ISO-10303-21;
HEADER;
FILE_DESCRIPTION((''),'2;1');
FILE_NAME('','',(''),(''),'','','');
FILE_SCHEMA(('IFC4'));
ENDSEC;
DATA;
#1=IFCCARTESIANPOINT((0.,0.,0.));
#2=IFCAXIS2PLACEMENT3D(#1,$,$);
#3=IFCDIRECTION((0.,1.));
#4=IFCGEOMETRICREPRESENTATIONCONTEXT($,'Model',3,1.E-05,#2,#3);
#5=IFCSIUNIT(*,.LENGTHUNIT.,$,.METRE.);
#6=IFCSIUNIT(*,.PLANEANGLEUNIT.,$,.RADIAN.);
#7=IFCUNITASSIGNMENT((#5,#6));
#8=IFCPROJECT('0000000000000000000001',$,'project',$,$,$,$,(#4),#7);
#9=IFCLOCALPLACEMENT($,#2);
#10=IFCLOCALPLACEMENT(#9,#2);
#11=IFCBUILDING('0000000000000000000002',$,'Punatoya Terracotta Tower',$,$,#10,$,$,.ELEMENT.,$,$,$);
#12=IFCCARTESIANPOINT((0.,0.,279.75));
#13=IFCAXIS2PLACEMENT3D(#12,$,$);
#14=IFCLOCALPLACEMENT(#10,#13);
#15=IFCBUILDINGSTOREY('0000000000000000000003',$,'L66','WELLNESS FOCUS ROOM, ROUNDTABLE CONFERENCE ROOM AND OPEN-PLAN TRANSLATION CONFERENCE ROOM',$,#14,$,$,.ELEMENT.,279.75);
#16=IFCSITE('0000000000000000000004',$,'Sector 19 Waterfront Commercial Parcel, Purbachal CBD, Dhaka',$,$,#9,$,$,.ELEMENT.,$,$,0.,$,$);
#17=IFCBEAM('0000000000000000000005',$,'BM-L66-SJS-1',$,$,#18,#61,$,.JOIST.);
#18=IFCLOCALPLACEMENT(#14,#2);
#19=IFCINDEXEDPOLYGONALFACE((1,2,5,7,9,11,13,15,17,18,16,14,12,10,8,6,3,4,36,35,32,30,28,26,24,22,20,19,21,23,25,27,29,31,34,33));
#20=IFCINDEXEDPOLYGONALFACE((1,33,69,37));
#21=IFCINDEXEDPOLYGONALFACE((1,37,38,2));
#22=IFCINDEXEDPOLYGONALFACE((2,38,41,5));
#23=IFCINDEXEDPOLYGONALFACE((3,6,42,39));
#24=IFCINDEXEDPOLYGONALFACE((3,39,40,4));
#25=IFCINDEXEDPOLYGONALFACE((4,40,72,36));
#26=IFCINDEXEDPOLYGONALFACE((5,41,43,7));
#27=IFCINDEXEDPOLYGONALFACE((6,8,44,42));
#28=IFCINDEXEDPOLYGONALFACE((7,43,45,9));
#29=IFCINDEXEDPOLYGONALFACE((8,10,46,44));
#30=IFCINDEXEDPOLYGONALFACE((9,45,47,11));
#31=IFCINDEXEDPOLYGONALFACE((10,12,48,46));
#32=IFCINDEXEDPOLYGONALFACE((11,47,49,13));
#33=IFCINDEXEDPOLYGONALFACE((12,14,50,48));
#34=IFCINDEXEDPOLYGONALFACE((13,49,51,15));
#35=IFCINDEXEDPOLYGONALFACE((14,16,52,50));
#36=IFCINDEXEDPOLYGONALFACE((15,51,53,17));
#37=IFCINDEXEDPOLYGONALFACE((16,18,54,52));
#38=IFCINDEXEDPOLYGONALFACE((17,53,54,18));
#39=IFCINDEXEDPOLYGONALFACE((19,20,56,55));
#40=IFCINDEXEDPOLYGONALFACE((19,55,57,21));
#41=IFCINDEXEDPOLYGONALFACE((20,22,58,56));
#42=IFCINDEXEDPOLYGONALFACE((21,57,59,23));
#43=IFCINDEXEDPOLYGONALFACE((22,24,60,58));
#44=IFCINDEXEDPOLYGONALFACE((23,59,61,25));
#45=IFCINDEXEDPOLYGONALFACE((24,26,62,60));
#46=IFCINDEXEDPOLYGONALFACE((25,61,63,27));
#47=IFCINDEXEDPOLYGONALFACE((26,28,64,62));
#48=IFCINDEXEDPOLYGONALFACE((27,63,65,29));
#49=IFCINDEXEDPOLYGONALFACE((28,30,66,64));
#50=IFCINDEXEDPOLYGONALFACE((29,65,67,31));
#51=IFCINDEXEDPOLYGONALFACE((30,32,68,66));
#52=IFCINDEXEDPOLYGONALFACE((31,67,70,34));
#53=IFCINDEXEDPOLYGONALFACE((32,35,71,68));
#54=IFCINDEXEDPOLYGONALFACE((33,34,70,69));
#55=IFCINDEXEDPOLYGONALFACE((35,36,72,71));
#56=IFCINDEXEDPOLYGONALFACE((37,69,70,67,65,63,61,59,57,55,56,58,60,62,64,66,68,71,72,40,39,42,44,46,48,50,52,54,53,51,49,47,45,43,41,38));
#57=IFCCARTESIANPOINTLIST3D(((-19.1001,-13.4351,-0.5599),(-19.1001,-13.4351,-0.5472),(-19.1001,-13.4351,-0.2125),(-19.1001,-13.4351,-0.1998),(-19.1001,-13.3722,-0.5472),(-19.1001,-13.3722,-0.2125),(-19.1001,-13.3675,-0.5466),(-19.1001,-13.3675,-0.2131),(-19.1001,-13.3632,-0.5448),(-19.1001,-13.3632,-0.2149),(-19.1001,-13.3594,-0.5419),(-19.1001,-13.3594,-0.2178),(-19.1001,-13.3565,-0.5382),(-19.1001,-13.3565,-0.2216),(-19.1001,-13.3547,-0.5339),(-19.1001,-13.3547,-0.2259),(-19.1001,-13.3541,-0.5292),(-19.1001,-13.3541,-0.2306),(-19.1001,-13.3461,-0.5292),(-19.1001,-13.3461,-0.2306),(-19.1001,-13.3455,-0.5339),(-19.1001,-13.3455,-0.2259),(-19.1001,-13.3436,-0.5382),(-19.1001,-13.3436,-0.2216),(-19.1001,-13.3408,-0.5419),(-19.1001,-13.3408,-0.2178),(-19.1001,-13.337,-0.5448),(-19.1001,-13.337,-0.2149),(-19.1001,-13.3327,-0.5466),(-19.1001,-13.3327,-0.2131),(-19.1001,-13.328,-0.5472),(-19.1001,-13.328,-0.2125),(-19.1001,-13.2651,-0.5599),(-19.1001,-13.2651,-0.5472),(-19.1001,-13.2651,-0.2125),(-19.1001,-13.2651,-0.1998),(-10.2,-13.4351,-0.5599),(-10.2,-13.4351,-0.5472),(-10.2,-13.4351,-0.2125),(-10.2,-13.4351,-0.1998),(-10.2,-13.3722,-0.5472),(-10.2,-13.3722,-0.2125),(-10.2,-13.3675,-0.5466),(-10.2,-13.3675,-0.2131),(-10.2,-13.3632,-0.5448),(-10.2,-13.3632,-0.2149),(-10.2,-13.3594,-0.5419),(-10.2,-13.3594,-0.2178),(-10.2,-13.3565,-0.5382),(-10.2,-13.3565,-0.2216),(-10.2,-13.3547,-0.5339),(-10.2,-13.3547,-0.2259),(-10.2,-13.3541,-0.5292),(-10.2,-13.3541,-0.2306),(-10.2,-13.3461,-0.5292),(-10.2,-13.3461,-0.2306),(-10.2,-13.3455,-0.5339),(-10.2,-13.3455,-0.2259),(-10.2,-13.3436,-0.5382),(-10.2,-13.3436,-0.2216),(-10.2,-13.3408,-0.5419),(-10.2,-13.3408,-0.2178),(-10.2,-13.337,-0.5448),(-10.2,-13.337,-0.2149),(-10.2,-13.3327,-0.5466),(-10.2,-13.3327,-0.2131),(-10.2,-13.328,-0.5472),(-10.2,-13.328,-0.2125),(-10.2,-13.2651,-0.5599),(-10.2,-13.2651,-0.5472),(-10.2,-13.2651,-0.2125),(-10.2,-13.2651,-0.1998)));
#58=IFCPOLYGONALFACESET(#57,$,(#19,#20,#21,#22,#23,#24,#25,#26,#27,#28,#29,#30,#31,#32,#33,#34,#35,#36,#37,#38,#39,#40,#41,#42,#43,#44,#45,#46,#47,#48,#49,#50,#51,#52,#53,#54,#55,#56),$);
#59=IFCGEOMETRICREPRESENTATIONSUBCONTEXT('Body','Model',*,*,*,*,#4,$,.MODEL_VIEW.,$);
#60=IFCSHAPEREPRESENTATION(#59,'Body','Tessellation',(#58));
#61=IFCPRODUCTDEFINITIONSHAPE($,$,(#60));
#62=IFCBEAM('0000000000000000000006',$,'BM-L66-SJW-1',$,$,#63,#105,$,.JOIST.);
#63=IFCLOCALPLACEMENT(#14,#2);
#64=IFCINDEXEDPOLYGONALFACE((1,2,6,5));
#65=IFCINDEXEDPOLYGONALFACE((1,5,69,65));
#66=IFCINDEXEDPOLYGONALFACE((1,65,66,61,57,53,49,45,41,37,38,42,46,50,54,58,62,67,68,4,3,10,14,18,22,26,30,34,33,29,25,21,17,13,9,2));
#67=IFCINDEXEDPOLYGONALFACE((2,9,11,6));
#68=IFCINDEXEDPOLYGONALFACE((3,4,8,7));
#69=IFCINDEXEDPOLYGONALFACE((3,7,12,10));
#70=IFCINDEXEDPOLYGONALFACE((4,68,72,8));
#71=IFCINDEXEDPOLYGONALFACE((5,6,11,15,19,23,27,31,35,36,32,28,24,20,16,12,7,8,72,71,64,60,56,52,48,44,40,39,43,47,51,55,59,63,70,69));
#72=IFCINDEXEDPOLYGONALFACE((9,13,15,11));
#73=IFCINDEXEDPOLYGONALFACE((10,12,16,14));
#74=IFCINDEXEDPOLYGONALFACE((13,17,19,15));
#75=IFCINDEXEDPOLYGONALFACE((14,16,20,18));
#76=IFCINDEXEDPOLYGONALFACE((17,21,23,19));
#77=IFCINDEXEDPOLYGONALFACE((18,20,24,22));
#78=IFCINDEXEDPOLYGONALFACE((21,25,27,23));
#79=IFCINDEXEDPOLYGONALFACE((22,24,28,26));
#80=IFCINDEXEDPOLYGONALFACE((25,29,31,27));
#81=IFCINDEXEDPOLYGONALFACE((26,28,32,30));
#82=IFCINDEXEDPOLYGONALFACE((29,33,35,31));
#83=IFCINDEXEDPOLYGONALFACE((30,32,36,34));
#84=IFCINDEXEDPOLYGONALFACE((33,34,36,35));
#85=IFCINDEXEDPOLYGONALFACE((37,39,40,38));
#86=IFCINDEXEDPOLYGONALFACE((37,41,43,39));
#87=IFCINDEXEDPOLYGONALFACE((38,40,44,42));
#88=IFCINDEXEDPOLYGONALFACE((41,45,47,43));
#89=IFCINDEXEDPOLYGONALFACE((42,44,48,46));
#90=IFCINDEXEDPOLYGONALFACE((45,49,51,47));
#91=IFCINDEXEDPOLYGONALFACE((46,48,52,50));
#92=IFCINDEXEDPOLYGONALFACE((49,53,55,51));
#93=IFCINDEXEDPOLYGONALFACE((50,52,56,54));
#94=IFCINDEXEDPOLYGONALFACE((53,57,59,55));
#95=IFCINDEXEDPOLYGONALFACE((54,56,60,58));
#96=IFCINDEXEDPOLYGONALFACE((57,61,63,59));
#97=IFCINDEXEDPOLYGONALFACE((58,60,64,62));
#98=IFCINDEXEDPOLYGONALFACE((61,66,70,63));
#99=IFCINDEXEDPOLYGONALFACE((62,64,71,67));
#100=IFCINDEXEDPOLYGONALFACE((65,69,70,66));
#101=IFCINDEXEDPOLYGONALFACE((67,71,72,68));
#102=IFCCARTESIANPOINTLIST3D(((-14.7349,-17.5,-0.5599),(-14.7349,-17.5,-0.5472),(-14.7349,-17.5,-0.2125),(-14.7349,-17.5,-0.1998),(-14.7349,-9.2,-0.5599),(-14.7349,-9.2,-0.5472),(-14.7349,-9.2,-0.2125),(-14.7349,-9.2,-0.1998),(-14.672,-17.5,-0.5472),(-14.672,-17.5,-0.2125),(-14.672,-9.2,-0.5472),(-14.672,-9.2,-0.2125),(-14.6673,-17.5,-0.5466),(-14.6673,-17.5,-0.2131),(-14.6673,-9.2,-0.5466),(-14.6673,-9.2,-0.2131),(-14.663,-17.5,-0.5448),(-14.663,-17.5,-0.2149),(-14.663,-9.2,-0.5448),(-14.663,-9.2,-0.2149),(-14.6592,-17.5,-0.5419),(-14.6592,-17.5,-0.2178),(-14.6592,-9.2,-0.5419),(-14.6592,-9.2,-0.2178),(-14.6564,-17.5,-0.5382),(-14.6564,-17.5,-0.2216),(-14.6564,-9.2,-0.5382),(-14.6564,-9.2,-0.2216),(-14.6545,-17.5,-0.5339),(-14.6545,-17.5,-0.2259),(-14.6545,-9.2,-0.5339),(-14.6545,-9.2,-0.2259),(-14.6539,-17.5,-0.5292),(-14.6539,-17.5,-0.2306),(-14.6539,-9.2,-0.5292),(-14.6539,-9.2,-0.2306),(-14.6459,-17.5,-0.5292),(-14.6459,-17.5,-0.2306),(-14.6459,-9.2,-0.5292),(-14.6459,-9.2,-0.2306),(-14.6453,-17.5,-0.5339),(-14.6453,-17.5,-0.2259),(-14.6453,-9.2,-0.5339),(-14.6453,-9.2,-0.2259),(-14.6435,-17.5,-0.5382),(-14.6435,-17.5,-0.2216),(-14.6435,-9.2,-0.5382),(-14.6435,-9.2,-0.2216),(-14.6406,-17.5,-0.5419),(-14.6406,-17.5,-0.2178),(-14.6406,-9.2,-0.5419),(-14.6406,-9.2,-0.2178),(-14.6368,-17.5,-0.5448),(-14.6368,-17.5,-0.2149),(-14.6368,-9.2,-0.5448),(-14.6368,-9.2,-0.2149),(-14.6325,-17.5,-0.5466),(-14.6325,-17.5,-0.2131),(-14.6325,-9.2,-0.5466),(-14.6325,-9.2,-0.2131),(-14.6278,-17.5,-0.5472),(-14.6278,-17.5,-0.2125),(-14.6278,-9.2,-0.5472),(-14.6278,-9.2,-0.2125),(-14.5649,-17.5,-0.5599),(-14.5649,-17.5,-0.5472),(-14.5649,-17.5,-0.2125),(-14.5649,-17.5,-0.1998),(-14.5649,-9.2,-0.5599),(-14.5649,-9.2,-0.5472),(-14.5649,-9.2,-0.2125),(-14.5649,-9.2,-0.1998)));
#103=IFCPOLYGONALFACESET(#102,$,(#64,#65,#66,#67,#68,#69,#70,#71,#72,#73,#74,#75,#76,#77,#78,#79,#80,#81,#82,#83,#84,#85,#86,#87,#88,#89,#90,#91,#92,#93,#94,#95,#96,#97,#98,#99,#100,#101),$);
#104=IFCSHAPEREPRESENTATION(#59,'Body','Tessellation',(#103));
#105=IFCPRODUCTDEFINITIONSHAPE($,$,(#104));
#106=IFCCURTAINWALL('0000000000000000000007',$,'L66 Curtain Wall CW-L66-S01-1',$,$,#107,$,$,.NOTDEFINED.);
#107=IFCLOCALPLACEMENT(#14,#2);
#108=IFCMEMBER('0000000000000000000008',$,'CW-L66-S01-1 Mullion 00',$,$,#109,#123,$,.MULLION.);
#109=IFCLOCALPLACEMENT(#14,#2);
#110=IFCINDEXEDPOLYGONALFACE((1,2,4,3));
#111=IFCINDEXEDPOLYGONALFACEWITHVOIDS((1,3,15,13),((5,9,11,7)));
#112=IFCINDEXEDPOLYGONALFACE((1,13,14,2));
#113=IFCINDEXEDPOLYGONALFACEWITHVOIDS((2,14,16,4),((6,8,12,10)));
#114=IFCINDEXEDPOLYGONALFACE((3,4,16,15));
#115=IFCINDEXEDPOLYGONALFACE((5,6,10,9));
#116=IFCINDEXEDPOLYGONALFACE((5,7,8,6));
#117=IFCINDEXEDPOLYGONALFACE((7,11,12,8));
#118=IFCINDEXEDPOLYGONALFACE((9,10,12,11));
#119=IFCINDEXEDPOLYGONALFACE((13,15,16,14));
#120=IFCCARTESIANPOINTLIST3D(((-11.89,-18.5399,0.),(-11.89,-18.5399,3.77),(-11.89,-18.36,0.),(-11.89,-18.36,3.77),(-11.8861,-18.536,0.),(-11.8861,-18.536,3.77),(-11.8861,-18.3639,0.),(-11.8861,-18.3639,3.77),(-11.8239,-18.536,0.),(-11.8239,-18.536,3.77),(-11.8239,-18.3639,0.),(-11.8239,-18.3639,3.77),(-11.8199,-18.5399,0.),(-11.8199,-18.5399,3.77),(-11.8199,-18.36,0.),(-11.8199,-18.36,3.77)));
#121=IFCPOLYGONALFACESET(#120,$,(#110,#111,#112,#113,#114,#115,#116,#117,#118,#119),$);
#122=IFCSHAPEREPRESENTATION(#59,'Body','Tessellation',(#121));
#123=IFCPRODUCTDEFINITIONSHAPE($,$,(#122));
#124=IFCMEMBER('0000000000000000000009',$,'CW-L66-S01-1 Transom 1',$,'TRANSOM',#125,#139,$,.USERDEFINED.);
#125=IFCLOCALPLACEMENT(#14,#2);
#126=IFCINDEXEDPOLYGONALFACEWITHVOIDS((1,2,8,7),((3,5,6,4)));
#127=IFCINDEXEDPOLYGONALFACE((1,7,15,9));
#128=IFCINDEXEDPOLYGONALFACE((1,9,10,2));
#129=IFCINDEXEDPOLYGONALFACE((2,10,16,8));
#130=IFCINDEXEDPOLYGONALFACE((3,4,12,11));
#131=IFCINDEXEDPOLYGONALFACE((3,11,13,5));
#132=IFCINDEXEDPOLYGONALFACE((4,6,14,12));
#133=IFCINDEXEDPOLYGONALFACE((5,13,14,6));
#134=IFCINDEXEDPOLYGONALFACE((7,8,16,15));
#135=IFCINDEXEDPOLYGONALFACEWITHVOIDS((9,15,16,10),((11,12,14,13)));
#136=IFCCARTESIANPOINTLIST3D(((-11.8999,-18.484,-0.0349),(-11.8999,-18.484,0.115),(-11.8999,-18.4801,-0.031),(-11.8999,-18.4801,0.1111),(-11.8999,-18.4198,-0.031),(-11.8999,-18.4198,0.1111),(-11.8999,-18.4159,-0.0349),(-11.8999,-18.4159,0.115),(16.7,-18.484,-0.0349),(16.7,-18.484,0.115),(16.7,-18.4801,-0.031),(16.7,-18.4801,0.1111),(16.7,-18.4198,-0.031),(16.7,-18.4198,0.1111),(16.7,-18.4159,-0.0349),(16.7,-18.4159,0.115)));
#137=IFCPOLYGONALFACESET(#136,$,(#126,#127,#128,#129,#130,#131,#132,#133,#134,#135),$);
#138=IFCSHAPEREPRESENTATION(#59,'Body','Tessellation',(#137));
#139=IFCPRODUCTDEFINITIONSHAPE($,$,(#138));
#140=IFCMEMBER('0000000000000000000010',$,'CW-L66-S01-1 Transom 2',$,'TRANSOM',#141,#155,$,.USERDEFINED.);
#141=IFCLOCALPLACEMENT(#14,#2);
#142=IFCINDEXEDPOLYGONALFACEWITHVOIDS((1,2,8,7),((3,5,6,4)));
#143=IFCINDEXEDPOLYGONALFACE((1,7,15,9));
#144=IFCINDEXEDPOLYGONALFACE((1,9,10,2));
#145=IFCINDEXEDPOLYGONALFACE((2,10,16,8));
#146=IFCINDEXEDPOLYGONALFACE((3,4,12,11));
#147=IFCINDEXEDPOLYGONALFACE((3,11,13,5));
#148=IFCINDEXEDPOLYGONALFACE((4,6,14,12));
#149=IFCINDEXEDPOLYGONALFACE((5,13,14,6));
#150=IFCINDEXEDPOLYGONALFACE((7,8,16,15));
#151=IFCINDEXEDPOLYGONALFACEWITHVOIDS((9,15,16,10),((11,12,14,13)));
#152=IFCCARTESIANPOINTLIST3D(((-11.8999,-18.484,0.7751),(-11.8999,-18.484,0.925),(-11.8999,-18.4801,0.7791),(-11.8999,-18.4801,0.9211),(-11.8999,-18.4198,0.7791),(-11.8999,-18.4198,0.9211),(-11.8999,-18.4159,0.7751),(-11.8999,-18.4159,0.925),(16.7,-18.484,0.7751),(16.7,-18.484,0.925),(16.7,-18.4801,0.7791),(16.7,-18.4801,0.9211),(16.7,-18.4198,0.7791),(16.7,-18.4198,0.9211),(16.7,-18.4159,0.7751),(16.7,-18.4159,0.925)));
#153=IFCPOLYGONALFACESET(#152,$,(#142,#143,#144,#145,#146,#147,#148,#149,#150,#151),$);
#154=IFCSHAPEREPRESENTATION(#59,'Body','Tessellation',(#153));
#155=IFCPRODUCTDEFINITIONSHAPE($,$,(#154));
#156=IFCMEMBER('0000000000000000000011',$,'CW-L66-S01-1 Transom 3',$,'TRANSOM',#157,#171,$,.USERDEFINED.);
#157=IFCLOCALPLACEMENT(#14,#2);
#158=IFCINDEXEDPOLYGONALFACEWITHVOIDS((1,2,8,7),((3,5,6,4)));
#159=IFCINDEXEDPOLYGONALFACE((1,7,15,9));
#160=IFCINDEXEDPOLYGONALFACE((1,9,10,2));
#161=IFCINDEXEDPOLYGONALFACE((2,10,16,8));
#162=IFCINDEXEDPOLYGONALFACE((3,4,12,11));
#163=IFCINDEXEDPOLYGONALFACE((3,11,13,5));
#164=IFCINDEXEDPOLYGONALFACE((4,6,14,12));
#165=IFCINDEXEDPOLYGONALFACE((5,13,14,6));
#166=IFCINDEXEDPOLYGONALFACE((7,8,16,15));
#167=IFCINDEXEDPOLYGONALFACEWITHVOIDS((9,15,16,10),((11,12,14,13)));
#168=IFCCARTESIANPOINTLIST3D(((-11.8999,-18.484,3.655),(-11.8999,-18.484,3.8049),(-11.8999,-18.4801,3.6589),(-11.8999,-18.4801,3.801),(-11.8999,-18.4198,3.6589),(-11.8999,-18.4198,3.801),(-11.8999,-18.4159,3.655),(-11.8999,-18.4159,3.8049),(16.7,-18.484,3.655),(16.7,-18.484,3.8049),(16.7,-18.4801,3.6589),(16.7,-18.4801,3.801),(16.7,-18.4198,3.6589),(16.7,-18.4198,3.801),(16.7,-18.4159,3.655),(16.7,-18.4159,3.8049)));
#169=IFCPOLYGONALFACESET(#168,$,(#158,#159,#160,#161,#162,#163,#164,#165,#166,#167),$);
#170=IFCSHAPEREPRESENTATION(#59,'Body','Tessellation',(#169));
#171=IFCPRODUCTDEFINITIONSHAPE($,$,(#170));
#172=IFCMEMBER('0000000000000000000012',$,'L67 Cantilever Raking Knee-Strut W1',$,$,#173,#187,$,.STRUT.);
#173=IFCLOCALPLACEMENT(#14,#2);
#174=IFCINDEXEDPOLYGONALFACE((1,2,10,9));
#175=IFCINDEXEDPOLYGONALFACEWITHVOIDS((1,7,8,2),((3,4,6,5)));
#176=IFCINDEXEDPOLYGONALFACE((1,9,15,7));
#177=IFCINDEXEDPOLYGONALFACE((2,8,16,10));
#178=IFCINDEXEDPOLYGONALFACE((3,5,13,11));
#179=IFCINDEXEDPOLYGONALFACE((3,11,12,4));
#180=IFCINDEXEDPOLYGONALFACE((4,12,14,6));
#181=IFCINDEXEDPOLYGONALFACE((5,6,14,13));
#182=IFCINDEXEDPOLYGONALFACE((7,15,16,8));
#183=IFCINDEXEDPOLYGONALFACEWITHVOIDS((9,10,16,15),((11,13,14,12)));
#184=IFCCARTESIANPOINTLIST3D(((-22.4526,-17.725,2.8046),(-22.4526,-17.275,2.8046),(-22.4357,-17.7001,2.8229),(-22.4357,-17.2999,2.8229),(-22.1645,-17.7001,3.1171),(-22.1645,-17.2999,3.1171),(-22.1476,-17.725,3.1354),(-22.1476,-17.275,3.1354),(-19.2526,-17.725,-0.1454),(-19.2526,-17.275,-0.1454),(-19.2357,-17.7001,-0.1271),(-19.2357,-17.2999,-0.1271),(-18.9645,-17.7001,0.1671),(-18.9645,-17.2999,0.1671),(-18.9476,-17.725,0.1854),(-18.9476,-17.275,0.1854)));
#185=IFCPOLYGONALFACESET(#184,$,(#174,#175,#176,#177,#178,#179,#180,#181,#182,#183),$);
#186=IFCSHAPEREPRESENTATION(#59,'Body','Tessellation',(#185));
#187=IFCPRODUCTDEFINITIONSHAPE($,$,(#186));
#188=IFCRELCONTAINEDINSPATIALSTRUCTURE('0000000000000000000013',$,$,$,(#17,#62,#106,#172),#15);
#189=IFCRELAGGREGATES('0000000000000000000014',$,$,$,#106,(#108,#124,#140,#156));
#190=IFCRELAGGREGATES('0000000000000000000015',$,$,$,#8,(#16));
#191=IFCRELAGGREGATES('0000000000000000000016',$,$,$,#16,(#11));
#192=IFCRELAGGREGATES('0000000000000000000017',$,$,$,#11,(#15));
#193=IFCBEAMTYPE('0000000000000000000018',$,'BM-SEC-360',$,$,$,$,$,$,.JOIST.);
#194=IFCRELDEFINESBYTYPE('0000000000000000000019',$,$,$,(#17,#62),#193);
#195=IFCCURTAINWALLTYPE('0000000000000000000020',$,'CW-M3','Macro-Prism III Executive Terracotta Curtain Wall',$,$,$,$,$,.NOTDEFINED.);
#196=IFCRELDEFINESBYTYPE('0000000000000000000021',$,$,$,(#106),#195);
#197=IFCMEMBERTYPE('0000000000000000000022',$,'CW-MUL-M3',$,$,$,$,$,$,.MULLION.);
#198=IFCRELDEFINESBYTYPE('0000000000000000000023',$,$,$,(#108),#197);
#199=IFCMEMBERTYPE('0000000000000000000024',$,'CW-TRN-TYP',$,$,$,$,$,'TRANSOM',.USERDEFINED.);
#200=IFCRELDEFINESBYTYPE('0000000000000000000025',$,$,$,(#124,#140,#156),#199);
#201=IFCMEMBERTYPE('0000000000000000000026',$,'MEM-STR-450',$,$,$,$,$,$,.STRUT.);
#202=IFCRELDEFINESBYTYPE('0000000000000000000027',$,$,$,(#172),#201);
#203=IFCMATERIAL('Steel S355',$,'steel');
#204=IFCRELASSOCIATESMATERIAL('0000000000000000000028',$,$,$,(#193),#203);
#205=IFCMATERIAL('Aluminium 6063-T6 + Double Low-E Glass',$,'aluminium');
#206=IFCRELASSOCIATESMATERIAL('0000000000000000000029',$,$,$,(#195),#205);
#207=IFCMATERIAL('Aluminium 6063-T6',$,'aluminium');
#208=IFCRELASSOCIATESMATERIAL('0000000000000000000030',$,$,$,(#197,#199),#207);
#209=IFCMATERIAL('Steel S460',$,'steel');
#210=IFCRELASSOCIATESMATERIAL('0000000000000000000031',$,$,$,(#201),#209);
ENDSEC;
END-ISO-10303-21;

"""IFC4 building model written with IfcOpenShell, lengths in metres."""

from ifc_helpers import new_model, si_unit, direction, frame, origin, origin_2d, place, context, subcontext, project, spatial, hollow_rectangle, i_section, extrude, material, material_profile, profile_set, type_object, element, aggregate, save


model = new_model("IFC4")

# Units and contexts
model_context = context("Model", 3, precision=1e-05, world=origin(), true_north=direction((0.0, 1.0)))
body_context = subcontext(model_context, "Body", "Model", "MODEL_VIEW")
ifc_project = project(units=[si_unit("LENGTHUNIT", "METRE"), si_unit("PLANEANGLEUNIT", "RADIAN")], contexts=[model_context])

# Site, building, storey
site_placement = place(None, origin())
site = spatial("IfcSite", under=ifc_project, at=site_placement, Name="Sector 19 Waterfront Commercial Parcel, Purbachal CBD, Dhaka", CompositionType="ELEMENT", RefElevation=0.0)
building_placement = place(site_placement, origin())
building = spatial("IfcBuilding", under=site, at=building_placement, Name="Punatoya Terracotta Tower", CompositionType="ELEMENT")
storey_placement = place(building_placement, frame((0.0, 0.0, 279.75)))
storey = spatial("IfcBuildingStorey", under=building, at=storey_placement, Name="L66", Description="WELLNESS FOCUS ROOM, ROUNDTABLE CONFERENCE ROOM AND OPEN-PLAN TRANSLATION CONFERENCE ROOM", CompositionType="ELEMENT", Elevation=279.75)

# Shared definitions
ifc_material_1 = material(Name="Steel S460", Category="steel")

# Beams
ifc_material_2 = material(Name="Steel S355", Category="steel")
ifc_material_profile_1 = material_profile(ifc_material_2, i_section(OverallWidth=0.1699, OverallDepth=0.3601, WebThickness=0.0081, FlangeThickness=0.0127, FilletRadius=0.0181, at=origin_2d()))
ifc_profile_set_1 = profile_set([ifc_material_profile_1], Name="Steel S355")
beam_type_1 = type_object("IfcBeamType", Name="BM-SEC-360", PredefinedType="JOIST", material=ifc_profile_set_1)
beam_1_placement = place(storey_placement, frame((-19.1001, -13.3501, -0.3799), z_axis=(1.0, 0.0, 0.0), x_axis=(0.0, 1.0, 0.0)))
element("IfcBeam", 1, at=beam_1_placement, inside=storey, type_object=beam_type_1, Name="BM-L66-SJS-1", PredefinedType="JOIST", context=body_context, shape_type="SweptSolid", body=[
    extrude(i_section(OverallWidth=0.1699, OverallDepth=0.3601, WebThickness=0.0081, FlangeThickness=0.0127, FilletRadius=0.0181, at=origin_2d()), origin(), (0.0, 0.0, 1.0), 8.9001),
])
beam_2_placement = place(storey_placement, frame((-14.6499, -17.5, -0.3799), z_axis=(0.0, 1.0, 0.0), x_axis=(-1.0, 0.0, 0.0)))
element("IfcBeam", 2, at=beam_2_placement, inside=storey, type_object=beam_type_1, Name="BM-L66-SJW-1", PredefinedType="JOIST", context=body_context, shape_type="SweptSolid", body=[
    extrude(i_section(OverallWidth=0.1699, OverallDepth=0.3601, WebThickness=0.0081, FlangeThickness=0.0127, FilletRadius=0.0181, at=origin_2d()), origin(), (0.0, 0.0, 1.0), 8.3),
])

# Curtain wall, members
ifc_material_3 = material(Name="Aluminium 6063-T6 + Double Low-E Glass", Category="aluminium")
curtain_wall_type = type_object("IfcCurtainWallType", Name="CW-M3", Description="Macro-Prism III Executive Terracotta Curtain Wall", PredefinedType="NOTDEFINED", material=ifc_material_3)
curtain_wall_placement = place(storey_placement, origin())
curtain_wall = element("IfcCurtainWall", 3, at=curtain_wall_placement, inside=storey, type_object=curtain_wall_type, Name="L66 Curtain Wall CW-L66-S01-1", PredefinedType="NOTDEFINED")
ifc_material_4 = material(Name="Aluminium 6063-T6", Category="aluminium")
ifc_material_profile_2 = material_profile(ifc_material_4, hollow_rectangle(XDim=0.0701, YDim=0.1799, WallThickness=0.0039, at=origin_2d()))
ifc_profile_set_2 = profile_set([ifc_material_profile_2], Name="Aluminium 6063-T6")
member_type_1 = type_object("IfcMemberType", Name="CW-MUL-M3", PredefinedType="MULLION", material=ifc_profile_set_2)
member_1_placement = place(storey_placement, frame((-11.855, -18.45, 0.0), z_axis=(0.0, 0.0, 1.0), x_axis=(1.0, 0.0, 0.0)))
member_1 = element("IfcMember", 4, at=member_1_placement, type_object=member_type_1, Name="CW-L66-S01-1 Mullion 00", PredefinedType="MULLION", context=body_context, shape_type="SweptSolid", body=[
    extrude(hollow_rectangle(XDim=0.0701, YDim=0.1799, WallThickness=0.0039, at=origin_2d()), origin(), (0.0, 0.0, 1.0), 3.77),
])
ifc_material_profile_3 = material_profile(ifc_material_4, hollow_rectangle(XDim=0.0681, YDim=0.1499, WallThickness=0.0039, at=origin_2d()))
ifc_profile_set_3 = profile_set([ifc_material_profile_3], Name="Aluminium 6063-T6")
member_type_2 = type_object("IfcMemberType", Name="CW-TRN-TYP", ElementType="TRANSOM", PredefinedType="USERDEFINED", material=ifc_profile_set_3)
member_2_placement = place(storey_placement, frame((-11.8999, -18.45, 0.04), z_axis=(1.0, 0.0, 0.0), x_axis=(0.0, 1.0, 0.0)))
member_2 = element("IfcMember", 5, at=member_2_placement, type_object=member_type_2, Name="CW-L66-S01-1 Transom 1", ObjectType="TRANSOM", PredefinedType="USERDEFINED", context=body_context, shape_type="SweptSolid", body=[
    extrude(hollow_rectangle(XDim=0.0681, YDim=0.1499, WallThickness=0.0039, at=origin_2d()), origin(), (0.0, 0.0, 1.0), 28.5999),
])
member_3_placement = place(storey_placement, frame((-11.8999, -18.45, 0.8501), z_axis=(1.0, 0.0, 0.0), x_axis=(0.0, 1.0, 0.0)))
member_3 = element("IfcMember", 6, at=member_3_placement, type_object=member_type_2, Name="CW-L66-S01-1 Transom 2", ObjectType="TRANSOM", PredefinedType="USERDEFINED", context=body_context, shape_type="SweptSolid", body=[
    extrude(hollow_rectangle(XDim=0.0681, YDim=0.1499, WallThickness=0.0039, at=origin_2d()), origin(), (0.0, 0.0, 1.0), 28.5999),
])
member_4_placement = place(storey_placement, frame((-11.8999, -18.45, 3.73), z_axis=(1.0, 0.0, 0.0), x_axis=(0.0, 1.0, 0.0)))
member_4 = element("IfcMember", 7, at=member_4_placement, type_object=member_type_2, Name="CW-L66-S01-1 Transom 3", ObjectType="TRANSOM", PredefinedType="USERDEFINED", context=body_context, shape_type="SweptSolid", body=[
    extrude(hollow_rectangle(XDim=0.0681, YDim=0.1499, WallThickness=0.0039, at=origin_2d()), origin(), (0.0, 0.0, 1.0), 28.5999),
])

# Member
ifc_material_profile_4 = material_profile(ifc_material_1, hollow_rectangle(XDim=0.45, YDim=0.45, WallThickness=0.0249, at=origin_2d()))
ifc_profile_set_4 = profile_set([ifc_material_profile_4], Name="Steel S460")
member_type_3 = type_object("IfcMemberType", Name="MEM-STR-450", PredefinedType="STRUT", material=ifc_profile_set_4)
member_5_placement = place(storey_placement, frame((-19.1001, -17.5, 0.02), z_axis=(-0.735244, 0.0, 0.677802), x_axis=(0.0, -1.0, 0.0)))
element("IfcMember", 8, at=member_5_placement, inside=storey, type_object=member_type_3, Name="L67 Cantilever Raking Knee-Strut W1", PredefinedType="STRUT", context=body_context, shape_type="SweptSolid", body=[
    extrude(hollow_rectangle(XDim=0.45, YDim=0.45, WallThickness=0.0249, at=origin_2d()), origin(), (0.0, 0.0, 1.0), 4.3523),
])

aggregate(curtain_wall, [member_1, member_2, member_3, member_4])

save(model, "model.ifc")
